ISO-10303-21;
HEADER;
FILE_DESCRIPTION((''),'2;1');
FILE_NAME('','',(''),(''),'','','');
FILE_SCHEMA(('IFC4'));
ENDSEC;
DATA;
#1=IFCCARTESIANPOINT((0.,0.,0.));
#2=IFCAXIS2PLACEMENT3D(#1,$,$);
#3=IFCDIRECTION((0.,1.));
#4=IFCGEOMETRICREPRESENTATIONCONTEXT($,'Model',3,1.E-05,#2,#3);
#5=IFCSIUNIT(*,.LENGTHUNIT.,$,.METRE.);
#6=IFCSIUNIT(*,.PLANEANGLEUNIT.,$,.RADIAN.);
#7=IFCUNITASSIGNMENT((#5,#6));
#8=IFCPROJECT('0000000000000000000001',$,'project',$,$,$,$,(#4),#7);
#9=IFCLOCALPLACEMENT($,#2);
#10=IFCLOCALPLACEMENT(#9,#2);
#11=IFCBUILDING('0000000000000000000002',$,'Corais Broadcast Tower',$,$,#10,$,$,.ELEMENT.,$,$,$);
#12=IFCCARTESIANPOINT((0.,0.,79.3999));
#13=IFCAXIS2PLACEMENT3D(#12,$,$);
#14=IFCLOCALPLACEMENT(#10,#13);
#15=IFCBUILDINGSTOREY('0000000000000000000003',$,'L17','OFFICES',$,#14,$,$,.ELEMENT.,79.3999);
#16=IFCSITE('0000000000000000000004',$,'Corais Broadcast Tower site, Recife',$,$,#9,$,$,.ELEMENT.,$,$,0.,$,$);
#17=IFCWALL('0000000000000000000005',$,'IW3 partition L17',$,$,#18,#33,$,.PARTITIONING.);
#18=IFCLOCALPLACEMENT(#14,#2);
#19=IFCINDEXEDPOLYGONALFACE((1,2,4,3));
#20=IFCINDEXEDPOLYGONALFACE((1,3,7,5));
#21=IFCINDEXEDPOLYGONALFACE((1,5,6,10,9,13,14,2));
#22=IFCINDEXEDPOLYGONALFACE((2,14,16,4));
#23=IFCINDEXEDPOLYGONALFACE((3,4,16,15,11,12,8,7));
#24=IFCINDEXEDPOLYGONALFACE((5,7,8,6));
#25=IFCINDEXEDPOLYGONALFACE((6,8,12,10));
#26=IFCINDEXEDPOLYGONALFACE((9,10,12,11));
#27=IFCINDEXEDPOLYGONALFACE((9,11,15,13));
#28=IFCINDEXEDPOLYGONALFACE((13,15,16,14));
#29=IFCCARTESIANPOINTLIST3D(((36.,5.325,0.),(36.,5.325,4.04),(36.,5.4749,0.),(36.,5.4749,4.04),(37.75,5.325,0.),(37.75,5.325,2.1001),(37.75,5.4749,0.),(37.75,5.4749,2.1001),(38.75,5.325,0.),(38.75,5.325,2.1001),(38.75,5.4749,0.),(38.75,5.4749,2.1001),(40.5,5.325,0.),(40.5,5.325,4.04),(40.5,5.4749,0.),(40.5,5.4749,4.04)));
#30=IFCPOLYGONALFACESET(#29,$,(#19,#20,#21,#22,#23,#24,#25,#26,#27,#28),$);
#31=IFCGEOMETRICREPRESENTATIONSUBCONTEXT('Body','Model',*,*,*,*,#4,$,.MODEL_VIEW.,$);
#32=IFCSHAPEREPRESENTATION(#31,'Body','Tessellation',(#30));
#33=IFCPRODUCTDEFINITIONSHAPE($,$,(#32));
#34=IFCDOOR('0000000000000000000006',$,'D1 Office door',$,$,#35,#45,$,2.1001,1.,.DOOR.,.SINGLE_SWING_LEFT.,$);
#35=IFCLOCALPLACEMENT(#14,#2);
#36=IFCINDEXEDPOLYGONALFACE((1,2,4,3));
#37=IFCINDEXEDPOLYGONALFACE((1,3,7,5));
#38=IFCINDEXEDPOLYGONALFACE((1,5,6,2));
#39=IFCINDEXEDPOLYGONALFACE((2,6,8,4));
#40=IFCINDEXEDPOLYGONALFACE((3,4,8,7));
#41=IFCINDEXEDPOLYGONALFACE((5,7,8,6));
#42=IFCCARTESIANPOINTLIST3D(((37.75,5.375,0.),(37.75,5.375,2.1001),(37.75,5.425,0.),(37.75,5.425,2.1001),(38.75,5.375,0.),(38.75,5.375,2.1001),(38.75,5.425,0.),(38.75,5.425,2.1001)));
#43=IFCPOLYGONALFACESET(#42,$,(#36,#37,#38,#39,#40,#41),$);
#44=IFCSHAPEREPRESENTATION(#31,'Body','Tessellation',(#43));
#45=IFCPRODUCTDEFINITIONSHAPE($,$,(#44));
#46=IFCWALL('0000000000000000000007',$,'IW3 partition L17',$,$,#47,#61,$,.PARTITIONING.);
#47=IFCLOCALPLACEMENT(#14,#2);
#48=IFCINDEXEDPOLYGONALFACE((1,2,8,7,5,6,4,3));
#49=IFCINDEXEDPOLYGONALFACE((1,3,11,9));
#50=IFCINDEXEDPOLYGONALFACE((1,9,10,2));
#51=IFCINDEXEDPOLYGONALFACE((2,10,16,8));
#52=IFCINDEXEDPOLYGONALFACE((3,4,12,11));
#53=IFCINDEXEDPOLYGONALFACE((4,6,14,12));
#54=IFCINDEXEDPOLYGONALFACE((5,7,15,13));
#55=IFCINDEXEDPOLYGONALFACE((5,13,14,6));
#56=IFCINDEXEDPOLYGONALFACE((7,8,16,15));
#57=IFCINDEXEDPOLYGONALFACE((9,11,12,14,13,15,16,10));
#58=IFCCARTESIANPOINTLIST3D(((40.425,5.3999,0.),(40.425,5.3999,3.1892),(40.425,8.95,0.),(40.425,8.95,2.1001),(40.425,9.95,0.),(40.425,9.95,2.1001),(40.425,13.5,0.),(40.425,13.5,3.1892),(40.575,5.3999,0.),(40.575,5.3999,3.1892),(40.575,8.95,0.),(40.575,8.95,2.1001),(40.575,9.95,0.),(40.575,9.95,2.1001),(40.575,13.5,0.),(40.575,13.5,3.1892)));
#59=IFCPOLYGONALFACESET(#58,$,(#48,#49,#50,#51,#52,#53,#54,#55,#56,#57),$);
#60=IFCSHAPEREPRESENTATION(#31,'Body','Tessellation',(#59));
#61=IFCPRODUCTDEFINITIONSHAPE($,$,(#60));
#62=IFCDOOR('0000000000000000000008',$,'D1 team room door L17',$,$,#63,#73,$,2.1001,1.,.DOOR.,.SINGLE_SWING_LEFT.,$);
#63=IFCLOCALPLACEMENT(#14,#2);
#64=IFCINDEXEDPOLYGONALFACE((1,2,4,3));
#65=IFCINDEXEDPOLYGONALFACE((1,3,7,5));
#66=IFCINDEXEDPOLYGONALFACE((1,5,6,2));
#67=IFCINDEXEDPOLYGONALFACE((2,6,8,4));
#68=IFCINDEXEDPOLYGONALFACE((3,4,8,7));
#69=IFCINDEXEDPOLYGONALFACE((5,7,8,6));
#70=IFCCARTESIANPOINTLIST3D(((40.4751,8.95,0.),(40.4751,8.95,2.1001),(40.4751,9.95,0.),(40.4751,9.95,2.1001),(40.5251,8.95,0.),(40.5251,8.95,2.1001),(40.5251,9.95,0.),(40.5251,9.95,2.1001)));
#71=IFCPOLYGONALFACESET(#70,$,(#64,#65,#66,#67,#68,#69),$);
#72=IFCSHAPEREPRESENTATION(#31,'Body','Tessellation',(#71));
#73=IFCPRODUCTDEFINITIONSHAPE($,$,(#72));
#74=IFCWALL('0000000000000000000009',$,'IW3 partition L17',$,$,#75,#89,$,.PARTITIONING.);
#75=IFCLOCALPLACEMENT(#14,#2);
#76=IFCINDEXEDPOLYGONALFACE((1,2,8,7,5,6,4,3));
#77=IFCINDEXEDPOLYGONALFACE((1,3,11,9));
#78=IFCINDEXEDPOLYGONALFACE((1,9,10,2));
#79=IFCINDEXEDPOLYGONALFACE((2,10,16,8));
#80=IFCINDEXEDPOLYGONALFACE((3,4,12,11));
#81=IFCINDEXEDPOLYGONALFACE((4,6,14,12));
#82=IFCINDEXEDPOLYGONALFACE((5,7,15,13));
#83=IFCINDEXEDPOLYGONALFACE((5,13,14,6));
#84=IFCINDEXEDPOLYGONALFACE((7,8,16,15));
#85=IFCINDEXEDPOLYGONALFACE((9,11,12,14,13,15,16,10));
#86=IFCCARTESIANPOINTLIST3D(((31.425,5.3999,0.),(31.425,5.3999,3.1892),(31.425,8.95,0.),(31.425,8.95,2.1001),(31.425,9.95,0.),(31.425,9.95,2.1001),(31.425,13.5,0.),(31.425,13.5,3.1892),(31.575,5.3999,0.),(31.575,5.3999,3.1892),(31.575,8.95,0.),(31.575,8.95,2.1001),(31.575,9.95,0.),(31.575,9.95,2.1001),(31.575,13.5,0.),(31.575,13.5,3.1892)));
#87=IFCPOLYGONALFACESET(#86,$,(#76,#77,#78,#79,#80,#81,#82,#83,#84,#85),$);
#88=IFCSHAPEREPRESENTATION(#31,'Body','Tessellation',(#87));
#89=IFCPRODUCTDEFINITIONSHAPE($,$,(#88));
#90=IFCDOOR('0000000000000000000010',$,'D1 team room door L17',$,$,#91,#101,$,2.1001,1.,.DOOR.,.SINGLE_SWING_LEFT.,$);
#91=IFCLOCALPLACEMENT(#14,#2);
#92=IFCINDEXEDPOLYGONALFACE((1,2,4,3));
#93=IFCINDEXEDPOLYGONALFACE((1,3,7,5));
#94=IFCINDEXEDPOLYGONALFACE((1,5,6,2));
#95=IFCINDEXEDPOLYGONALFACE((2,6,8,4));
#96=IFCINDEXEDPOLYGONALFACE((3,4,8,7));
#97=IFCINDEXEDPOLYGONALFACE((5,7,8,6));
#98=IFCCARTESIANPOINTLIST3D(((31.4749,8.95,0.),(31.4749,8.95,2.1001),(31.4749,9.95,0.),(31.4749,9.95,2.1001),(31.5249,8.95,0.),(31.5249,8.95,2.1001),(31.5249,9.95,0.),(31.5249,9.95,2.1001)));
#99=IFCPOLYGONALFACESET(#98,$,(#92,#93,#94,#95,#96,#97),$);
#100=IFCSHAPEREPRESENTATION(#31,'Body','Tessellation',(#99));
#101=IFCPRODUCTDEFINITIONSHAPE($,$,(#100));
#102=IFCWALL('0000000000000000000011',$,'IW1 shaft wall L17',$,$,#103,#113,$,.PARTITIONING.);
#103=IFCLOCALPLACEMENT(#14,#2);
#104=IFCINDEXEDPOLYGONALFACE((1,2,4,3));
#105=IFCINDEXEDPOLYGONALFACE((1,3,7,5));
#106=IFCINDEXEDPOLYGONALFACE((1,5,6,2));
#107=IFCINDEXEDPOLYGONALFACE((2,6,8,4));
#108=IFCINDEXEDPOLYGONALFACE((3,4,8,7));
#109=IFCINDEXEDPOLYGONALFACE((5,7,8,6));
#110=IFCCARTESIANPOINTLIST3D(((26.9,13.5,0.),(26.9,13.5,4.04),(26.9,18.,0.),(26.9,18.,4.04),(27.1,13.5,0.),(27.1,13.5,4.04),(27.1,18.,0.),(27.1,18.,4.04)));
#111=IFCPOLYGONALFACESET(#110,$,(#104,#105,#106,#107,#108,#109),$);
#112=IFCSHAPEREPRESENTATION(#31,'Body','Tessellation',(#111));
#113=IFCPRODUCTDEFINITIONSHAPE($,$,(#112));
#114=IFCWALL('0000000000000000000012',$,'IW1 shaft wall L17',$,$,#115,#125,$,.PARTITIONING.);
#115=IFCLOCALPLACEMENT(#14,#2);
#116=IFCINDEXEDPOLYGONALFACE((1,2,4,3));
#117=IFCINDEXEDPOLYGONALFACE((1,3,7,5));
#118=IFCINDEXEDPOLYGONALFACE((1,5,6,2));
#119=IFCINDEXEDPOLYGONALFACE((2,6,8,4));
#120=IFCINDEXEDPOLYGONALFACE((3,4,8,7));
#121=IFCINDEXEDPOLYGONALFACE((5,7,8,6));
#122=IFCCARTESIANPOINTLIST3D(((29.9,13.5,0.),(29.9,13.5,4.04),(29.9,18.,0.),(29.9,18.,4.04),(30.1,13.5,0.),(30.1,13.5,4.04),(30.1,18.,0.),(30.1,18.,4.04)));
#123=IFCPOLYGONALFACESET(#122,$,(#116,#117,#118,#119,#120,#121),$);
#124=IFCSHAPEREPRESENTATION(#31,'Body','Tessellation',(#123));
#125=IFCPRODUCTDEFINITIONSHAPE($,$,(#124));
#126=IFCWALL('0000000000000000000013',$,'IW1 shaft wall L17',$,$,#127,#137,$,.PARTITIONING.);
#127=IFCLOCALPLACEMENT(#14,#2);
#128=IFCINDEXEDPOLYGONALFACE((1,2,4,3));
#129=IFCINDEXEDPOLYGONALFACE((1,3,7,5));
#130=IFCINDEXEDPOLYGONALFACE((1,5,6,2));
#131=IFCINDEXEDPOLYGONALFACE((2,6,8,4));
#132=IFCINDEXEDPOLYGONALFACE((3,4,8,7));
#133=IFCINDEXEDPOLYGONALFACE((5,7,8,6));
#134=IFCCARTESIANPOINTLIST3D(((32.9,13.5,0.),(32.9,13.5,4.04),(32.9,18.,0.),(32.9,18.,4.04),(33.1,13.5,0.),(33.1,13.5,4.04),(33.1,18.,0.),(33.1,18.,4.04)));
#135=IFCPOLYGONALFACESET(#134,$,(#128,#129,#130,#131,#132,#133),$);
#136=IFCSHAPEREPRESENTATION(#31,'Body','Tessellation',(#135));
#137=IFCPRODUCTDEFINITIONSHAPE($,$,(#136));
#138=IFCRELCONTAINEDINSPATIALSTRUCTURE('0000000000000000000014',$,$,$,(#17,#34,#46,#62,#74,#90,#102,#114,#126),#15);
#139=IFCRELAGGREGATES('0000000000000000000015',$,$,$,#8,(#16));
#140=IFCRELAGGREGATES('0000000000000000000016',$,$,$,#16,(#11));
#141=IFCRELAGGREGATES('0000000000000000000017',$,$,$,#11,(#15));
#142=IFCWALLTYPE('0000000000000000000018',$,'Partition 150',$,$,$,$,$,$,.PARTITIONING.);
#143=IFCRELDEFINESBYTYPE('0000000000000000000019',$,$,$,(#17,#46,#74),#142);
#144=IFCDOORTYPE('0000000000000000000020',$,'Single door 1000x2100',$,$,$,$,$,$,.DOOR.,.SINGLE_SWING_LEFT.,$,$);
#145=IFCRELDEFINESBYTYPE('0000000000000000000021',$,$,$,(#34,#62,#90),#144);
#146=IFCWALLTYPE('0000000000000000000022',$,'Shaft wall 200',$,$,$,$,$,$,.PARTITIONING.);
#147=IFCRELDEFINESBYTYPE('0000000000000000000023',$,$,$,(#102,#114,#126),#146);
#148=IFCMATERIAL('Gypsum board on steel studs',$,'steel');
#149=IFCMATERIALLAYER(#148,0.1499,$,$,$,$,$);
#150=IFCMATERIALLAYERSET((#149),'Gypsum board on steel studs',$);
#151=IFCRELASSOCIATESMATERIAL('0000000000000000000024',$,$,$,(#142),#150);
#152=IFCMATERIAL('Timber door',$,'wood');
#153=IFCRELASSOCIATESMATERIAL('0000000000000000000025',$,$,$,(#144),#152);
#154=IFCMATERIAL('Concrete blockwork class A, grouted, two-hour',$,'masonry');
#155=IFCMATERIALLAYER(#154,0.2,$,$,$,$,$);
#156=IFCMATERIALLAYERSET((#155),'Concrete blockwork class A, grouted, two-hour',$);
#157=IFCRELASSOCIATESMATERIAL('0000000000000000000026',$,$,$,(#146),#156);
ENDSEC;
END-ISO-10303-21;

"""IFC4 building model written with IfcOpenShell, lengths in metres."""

from ifc_helpers import new_model, si_unit, direction, frame, frame_2d, origin, place, context, subcontext, project, spatial, rectangle, extrude, material, layer, layer_set, type_object, element, fill, save


model = new_model("IFC4")

# Units and contexts
model_context = context("Model", 3, precision=1e-05, world=origin(), true_north=direction((0.0, 1.0)))
body_context = subcontext(model_context, "Body", "Model", "MODEL_VIEW")
ifc_project = project(units=[si_unit("LENGTHUNIT", "METRE"), si_unit("PLANEANGLEUNIT", "RADIAN")], contexts=[model_context])

# Site, building, storey
site_placement = place(None, origin())
site = spatial("IfcSite", under=ifc_project, at=site_placement, Name="Corais Broadcast Tower site, Recife", CompositionType="ELEMENT", RefElevation=0.0)
building_placement = place(site_placement, origin())
building = spatial("IfcBuilding", under=site, at=building_placement, Name="Corais Broadcast Tower", CompositionType="ELEMENT")
storey_placement = place(building_placement, frame((0.0, 0.0, 79.3999)))
storey = spatial("IfcBuildingStorey", under=building, at=storey_placement, Name="L17", Description="OFFICES", CompositionType="ELEMENT", Elevation=79.3999)

# Shared definitions
ifc_material_1 = material(Name="Gypsum board on steel studs", Category="steel")
ifc_layer_1 = layer(ifc_material_1, 0.1499)
ifc_layer_set_1 = layer_set([ifc_layer_1], Name="Gypsum board on steel studs")
wall_type_1 = type_object("IfcWallType", Name="Partition 150", PredefinedType="PARTITIONING", material=ifc_layer_set_1)

# Shared definitions
ifc_material_2 = material(Name="Timber door", Category="wood")
door_type = type_object("IfcDoorType", Name="Single door 1000x2100", OperationType="SINGLE_SWING_LEFT", PredefinedType="DOOR", material=ifc_material_2)

# Walls, openings, doors
wall_1_placement = place(storey_placement, frame((40.5, 5.3999, 0.0), z_axis=(0.0, 0.0, 1.0), x_axis=(-1.0, 0.0, 0.0)))
wall_1 = element("IfcWall", 1, at=wall_1_placement, inside=storey, type_object=wall_type_1, Name="IW3 partition L17", PredefinedType="PARTITIONING", context=body_context, shape_type="SweptSolid", body=[
    extrude(rectangle(XDim=4.5, YDim=0.1499, at=frame_2d((2.25, 0.0))), origin(), (0.0, 0.0, 1.0), 4.04),
])
opening_1_placement = place(wall_1_placement, frame((1.75, 0.0, 0.0)))
opening_1 = element("IfcOpeningElement", 2, at=opening_1_placement, cuts=wall_1, PredefinedType="OPENING", context=body_context, shape_type="SweptSolid", body=[
    extrude(rectangle(XDim=1.0, YDim=2.1001, at=frame_2d((0.5, 1.05))), frame((0.0, 0.085, 0.0), z_axis=(0.0, -1.0, 0.0), x_axis=(1.0, 0.0, 0.0)), (0.0, 0.0, 1.0), 0.1699),
])
door_1_placement = place(opening_1_placement, origin())
door_1 = element("IfcDoor", 3, at=door_1_placement, inside=storey, type_object=door_type, Name="D1 Office door", OperationType="SINGLE_SWING_LEFT", OverallHeight=2.1001, OverallWidth=1.0, PredefinedType="DOOR", context=body_context, shape_type="SweptSolid", body=[
    extrude(rectangle(XDim=1.0, YDim=2.1001, at=frame_2d((0.5, 1.05))), frame((0.0, 0.0249, 0.0), z_axis=(0.0, -1.0, 0.0), x_axis=(1.0, 0.0, 0.0)), (0.0, 0.0, 1.0), 0.05),
])
fill(opening_1, door_1)
wall_2_placement = place(storey_placement, frame((40.5, 5.3999, 0.0), z_axis=(0.0, 0.0, 1.0), x_axis=(0.0, 1.0, 0.0)))
wall_2 = element("IfcWall", 4, at=wall_2_placement, inside=storey, type_object=wall_type_1, Name="IW3 partition L17", PredefinedType="PARTITIONING", context=body_context, shape_type="SweptSolid", body=[
    extrude(rectangle(XDim=8.1001, YDim=0.1499, at=frame_2d((4.05, 0.0))), origin(), (0.0, 0.0, 1.0), 3.1892),
])
opening_2_placement = place(wall_2_placement, frame((3.55, 0.0, 0.0)))
opening_2 = element("IfcOpeningElement", 5, at=opening_2_placement, cuts=wall_2, PredefinedType="OPENING", context=body_context, shape_type="SweptSolid", body=[
    extrude(rectangle(XDim=1.0, YDim=2.1001, at=frame_2d((0.5, 1.05))), frame((0.0, 0.085, 0.0), z_axis=(0.0, -1.0, 0.0), x_axis=(1.0, 0.0, 0.0)), (0.0, 0.0, 1.0), 0.1699),
])
door_2_placement = place(opening_2_placement, origin())
door_2 = element("IfcDoor", 6, at=door_2_placement, inside=storey, type_object=door_type, Name="D1 team room door L17", OperationType="SINGLE_SWING_LEFT", OverallHeight=2.1001, OverallWidth=1.0, PredefinedType="DOOR", context=body_context, shape_type="SweptSolid", body=[
    extrude(rectangle(XDim=1.0, YDim=2.1001, at=frame_2d((0.5, 1.05))), frame((0.0, 0.0249, 0.0), z_axis=(0.0, -1.0, 0.0), x_axis=(1.0, 0.0, 0.0)), (0.0, 0.0, 1.0), 0.05),
])
fill(opening_2, door_2)
wall_3_placement = place(storey_placement, frame((31.5, 13.5, 0.0), z_axis=(0.0, 0.0, 1.0), x_axis=(0.0, -1.0, 0.0)))
wall_3 = element("IfcWall", 7, at=wall_3_placement, inside=storey, type_object=wall_type_1, Name="IW3 partition L17", PredefinedType="PARTITIONING", context=body_context, shape_type="SweptSolid", body=[
    extrude(rectangle(XDim=8.1001, YDim=0.1499, at=frame_2d((4.05, 0.0))), origin(), (0.0, 0.0, 1.0), 3.1892),
])
opening_3_placement = place(wall_3_placement, frame((3.55, 0.0, 0.0)))
opening_3 = element("IfcOpeningElement", 8, at=opening_3_placement, cuts=wall_3, PredefinedType="OPENING", context=body_context, shape_type="SweptSolid", body=[
    extrude(rectangle(XDim=1.0, YDim=2.1001, at=frame_2d((0.5, 1.05))), frame((0.0, 0.085, 0.0), z_axis=(0.0, -1.0, 0.0), x_axis=(1.0, 0.0, 0.0)), (0.0, 0.0, 1.0), 0.1699),
])
door_3_placement = place(opening_3_placement, origin())
door_3 = element("IfcDoor", 9, at=door_3_placement, inside=storey, type_object=door_type, Name="D1 team room door L17", OperationType="SINGLE_SWING_LEFT", OverallHeight=2.1001, OverallWidth=1.0, PredefinedType="DOOR", context=body_context, shape_type="SweptSolid", body=[
    extrude(rectangle(XDim=1.0, YDim=2.1001, at=frame_2d((0.5, 1.05))), frame((0.0, 0.0249, 0.0), z_axis=(0.0, -1.0, 0.0), x_axis=(1.0, 0.0, 0.0)), (0.0, 0.0, 1.0), 0.05),
])
fill(opening_3, door_3)

# Walls
ifc_material_3 = material(Name="Concrete blockwork class A, grouted, two-hour", Category="masonry")
ifc_layer_2 = layer(ifc_material_3, 0.2)
ifc_layer_set_2 = layer_set([ifc_layer_2], Name="Concrete blockwork class A, grouted, two-hour")
wall_type_2 = type_object("IfcWallType", Name="Shaft wall 200", PredefinedType="PARTITIONING", material=ifc_layer_set_2)
for number, where, z_axis, x_axis, name in (
    (10, (27.0, 13.5, 0.0), (0.0, 0.0, 1.0), (0.0, 1.0, 0.0), "IW1 shaft wall L17"),
    (11, (30.0, 13.5, 0.0), (0.0, 0.0, 1.0), (0.0, 1.0, 0.0), "IW1 shaft wall L17"),
    (12, (33.0, 13.5, 0.0), (0.0, 0.0, 1.0), (0.0, 1.0, 0.0), "IW1 shaft wall L17"),
):
    element("IfcWall", number, at=place(storey_placement, frame(where, z_axis=z_axis, x_axis=x_axis)), inside=storey, type_object=wall_type_2, Name=name, PredefinedType="PARTITIONING", context=body_context, shape_type="SweptSolid", body=[
        extrude(rectangle(XDim=4.5, YDim=0.2, at=frame_2d((2.25, 0.0))), origin(), (0.0, 0.0, 1.0), 4.04),
    ])

save(model, "model.ifc")
